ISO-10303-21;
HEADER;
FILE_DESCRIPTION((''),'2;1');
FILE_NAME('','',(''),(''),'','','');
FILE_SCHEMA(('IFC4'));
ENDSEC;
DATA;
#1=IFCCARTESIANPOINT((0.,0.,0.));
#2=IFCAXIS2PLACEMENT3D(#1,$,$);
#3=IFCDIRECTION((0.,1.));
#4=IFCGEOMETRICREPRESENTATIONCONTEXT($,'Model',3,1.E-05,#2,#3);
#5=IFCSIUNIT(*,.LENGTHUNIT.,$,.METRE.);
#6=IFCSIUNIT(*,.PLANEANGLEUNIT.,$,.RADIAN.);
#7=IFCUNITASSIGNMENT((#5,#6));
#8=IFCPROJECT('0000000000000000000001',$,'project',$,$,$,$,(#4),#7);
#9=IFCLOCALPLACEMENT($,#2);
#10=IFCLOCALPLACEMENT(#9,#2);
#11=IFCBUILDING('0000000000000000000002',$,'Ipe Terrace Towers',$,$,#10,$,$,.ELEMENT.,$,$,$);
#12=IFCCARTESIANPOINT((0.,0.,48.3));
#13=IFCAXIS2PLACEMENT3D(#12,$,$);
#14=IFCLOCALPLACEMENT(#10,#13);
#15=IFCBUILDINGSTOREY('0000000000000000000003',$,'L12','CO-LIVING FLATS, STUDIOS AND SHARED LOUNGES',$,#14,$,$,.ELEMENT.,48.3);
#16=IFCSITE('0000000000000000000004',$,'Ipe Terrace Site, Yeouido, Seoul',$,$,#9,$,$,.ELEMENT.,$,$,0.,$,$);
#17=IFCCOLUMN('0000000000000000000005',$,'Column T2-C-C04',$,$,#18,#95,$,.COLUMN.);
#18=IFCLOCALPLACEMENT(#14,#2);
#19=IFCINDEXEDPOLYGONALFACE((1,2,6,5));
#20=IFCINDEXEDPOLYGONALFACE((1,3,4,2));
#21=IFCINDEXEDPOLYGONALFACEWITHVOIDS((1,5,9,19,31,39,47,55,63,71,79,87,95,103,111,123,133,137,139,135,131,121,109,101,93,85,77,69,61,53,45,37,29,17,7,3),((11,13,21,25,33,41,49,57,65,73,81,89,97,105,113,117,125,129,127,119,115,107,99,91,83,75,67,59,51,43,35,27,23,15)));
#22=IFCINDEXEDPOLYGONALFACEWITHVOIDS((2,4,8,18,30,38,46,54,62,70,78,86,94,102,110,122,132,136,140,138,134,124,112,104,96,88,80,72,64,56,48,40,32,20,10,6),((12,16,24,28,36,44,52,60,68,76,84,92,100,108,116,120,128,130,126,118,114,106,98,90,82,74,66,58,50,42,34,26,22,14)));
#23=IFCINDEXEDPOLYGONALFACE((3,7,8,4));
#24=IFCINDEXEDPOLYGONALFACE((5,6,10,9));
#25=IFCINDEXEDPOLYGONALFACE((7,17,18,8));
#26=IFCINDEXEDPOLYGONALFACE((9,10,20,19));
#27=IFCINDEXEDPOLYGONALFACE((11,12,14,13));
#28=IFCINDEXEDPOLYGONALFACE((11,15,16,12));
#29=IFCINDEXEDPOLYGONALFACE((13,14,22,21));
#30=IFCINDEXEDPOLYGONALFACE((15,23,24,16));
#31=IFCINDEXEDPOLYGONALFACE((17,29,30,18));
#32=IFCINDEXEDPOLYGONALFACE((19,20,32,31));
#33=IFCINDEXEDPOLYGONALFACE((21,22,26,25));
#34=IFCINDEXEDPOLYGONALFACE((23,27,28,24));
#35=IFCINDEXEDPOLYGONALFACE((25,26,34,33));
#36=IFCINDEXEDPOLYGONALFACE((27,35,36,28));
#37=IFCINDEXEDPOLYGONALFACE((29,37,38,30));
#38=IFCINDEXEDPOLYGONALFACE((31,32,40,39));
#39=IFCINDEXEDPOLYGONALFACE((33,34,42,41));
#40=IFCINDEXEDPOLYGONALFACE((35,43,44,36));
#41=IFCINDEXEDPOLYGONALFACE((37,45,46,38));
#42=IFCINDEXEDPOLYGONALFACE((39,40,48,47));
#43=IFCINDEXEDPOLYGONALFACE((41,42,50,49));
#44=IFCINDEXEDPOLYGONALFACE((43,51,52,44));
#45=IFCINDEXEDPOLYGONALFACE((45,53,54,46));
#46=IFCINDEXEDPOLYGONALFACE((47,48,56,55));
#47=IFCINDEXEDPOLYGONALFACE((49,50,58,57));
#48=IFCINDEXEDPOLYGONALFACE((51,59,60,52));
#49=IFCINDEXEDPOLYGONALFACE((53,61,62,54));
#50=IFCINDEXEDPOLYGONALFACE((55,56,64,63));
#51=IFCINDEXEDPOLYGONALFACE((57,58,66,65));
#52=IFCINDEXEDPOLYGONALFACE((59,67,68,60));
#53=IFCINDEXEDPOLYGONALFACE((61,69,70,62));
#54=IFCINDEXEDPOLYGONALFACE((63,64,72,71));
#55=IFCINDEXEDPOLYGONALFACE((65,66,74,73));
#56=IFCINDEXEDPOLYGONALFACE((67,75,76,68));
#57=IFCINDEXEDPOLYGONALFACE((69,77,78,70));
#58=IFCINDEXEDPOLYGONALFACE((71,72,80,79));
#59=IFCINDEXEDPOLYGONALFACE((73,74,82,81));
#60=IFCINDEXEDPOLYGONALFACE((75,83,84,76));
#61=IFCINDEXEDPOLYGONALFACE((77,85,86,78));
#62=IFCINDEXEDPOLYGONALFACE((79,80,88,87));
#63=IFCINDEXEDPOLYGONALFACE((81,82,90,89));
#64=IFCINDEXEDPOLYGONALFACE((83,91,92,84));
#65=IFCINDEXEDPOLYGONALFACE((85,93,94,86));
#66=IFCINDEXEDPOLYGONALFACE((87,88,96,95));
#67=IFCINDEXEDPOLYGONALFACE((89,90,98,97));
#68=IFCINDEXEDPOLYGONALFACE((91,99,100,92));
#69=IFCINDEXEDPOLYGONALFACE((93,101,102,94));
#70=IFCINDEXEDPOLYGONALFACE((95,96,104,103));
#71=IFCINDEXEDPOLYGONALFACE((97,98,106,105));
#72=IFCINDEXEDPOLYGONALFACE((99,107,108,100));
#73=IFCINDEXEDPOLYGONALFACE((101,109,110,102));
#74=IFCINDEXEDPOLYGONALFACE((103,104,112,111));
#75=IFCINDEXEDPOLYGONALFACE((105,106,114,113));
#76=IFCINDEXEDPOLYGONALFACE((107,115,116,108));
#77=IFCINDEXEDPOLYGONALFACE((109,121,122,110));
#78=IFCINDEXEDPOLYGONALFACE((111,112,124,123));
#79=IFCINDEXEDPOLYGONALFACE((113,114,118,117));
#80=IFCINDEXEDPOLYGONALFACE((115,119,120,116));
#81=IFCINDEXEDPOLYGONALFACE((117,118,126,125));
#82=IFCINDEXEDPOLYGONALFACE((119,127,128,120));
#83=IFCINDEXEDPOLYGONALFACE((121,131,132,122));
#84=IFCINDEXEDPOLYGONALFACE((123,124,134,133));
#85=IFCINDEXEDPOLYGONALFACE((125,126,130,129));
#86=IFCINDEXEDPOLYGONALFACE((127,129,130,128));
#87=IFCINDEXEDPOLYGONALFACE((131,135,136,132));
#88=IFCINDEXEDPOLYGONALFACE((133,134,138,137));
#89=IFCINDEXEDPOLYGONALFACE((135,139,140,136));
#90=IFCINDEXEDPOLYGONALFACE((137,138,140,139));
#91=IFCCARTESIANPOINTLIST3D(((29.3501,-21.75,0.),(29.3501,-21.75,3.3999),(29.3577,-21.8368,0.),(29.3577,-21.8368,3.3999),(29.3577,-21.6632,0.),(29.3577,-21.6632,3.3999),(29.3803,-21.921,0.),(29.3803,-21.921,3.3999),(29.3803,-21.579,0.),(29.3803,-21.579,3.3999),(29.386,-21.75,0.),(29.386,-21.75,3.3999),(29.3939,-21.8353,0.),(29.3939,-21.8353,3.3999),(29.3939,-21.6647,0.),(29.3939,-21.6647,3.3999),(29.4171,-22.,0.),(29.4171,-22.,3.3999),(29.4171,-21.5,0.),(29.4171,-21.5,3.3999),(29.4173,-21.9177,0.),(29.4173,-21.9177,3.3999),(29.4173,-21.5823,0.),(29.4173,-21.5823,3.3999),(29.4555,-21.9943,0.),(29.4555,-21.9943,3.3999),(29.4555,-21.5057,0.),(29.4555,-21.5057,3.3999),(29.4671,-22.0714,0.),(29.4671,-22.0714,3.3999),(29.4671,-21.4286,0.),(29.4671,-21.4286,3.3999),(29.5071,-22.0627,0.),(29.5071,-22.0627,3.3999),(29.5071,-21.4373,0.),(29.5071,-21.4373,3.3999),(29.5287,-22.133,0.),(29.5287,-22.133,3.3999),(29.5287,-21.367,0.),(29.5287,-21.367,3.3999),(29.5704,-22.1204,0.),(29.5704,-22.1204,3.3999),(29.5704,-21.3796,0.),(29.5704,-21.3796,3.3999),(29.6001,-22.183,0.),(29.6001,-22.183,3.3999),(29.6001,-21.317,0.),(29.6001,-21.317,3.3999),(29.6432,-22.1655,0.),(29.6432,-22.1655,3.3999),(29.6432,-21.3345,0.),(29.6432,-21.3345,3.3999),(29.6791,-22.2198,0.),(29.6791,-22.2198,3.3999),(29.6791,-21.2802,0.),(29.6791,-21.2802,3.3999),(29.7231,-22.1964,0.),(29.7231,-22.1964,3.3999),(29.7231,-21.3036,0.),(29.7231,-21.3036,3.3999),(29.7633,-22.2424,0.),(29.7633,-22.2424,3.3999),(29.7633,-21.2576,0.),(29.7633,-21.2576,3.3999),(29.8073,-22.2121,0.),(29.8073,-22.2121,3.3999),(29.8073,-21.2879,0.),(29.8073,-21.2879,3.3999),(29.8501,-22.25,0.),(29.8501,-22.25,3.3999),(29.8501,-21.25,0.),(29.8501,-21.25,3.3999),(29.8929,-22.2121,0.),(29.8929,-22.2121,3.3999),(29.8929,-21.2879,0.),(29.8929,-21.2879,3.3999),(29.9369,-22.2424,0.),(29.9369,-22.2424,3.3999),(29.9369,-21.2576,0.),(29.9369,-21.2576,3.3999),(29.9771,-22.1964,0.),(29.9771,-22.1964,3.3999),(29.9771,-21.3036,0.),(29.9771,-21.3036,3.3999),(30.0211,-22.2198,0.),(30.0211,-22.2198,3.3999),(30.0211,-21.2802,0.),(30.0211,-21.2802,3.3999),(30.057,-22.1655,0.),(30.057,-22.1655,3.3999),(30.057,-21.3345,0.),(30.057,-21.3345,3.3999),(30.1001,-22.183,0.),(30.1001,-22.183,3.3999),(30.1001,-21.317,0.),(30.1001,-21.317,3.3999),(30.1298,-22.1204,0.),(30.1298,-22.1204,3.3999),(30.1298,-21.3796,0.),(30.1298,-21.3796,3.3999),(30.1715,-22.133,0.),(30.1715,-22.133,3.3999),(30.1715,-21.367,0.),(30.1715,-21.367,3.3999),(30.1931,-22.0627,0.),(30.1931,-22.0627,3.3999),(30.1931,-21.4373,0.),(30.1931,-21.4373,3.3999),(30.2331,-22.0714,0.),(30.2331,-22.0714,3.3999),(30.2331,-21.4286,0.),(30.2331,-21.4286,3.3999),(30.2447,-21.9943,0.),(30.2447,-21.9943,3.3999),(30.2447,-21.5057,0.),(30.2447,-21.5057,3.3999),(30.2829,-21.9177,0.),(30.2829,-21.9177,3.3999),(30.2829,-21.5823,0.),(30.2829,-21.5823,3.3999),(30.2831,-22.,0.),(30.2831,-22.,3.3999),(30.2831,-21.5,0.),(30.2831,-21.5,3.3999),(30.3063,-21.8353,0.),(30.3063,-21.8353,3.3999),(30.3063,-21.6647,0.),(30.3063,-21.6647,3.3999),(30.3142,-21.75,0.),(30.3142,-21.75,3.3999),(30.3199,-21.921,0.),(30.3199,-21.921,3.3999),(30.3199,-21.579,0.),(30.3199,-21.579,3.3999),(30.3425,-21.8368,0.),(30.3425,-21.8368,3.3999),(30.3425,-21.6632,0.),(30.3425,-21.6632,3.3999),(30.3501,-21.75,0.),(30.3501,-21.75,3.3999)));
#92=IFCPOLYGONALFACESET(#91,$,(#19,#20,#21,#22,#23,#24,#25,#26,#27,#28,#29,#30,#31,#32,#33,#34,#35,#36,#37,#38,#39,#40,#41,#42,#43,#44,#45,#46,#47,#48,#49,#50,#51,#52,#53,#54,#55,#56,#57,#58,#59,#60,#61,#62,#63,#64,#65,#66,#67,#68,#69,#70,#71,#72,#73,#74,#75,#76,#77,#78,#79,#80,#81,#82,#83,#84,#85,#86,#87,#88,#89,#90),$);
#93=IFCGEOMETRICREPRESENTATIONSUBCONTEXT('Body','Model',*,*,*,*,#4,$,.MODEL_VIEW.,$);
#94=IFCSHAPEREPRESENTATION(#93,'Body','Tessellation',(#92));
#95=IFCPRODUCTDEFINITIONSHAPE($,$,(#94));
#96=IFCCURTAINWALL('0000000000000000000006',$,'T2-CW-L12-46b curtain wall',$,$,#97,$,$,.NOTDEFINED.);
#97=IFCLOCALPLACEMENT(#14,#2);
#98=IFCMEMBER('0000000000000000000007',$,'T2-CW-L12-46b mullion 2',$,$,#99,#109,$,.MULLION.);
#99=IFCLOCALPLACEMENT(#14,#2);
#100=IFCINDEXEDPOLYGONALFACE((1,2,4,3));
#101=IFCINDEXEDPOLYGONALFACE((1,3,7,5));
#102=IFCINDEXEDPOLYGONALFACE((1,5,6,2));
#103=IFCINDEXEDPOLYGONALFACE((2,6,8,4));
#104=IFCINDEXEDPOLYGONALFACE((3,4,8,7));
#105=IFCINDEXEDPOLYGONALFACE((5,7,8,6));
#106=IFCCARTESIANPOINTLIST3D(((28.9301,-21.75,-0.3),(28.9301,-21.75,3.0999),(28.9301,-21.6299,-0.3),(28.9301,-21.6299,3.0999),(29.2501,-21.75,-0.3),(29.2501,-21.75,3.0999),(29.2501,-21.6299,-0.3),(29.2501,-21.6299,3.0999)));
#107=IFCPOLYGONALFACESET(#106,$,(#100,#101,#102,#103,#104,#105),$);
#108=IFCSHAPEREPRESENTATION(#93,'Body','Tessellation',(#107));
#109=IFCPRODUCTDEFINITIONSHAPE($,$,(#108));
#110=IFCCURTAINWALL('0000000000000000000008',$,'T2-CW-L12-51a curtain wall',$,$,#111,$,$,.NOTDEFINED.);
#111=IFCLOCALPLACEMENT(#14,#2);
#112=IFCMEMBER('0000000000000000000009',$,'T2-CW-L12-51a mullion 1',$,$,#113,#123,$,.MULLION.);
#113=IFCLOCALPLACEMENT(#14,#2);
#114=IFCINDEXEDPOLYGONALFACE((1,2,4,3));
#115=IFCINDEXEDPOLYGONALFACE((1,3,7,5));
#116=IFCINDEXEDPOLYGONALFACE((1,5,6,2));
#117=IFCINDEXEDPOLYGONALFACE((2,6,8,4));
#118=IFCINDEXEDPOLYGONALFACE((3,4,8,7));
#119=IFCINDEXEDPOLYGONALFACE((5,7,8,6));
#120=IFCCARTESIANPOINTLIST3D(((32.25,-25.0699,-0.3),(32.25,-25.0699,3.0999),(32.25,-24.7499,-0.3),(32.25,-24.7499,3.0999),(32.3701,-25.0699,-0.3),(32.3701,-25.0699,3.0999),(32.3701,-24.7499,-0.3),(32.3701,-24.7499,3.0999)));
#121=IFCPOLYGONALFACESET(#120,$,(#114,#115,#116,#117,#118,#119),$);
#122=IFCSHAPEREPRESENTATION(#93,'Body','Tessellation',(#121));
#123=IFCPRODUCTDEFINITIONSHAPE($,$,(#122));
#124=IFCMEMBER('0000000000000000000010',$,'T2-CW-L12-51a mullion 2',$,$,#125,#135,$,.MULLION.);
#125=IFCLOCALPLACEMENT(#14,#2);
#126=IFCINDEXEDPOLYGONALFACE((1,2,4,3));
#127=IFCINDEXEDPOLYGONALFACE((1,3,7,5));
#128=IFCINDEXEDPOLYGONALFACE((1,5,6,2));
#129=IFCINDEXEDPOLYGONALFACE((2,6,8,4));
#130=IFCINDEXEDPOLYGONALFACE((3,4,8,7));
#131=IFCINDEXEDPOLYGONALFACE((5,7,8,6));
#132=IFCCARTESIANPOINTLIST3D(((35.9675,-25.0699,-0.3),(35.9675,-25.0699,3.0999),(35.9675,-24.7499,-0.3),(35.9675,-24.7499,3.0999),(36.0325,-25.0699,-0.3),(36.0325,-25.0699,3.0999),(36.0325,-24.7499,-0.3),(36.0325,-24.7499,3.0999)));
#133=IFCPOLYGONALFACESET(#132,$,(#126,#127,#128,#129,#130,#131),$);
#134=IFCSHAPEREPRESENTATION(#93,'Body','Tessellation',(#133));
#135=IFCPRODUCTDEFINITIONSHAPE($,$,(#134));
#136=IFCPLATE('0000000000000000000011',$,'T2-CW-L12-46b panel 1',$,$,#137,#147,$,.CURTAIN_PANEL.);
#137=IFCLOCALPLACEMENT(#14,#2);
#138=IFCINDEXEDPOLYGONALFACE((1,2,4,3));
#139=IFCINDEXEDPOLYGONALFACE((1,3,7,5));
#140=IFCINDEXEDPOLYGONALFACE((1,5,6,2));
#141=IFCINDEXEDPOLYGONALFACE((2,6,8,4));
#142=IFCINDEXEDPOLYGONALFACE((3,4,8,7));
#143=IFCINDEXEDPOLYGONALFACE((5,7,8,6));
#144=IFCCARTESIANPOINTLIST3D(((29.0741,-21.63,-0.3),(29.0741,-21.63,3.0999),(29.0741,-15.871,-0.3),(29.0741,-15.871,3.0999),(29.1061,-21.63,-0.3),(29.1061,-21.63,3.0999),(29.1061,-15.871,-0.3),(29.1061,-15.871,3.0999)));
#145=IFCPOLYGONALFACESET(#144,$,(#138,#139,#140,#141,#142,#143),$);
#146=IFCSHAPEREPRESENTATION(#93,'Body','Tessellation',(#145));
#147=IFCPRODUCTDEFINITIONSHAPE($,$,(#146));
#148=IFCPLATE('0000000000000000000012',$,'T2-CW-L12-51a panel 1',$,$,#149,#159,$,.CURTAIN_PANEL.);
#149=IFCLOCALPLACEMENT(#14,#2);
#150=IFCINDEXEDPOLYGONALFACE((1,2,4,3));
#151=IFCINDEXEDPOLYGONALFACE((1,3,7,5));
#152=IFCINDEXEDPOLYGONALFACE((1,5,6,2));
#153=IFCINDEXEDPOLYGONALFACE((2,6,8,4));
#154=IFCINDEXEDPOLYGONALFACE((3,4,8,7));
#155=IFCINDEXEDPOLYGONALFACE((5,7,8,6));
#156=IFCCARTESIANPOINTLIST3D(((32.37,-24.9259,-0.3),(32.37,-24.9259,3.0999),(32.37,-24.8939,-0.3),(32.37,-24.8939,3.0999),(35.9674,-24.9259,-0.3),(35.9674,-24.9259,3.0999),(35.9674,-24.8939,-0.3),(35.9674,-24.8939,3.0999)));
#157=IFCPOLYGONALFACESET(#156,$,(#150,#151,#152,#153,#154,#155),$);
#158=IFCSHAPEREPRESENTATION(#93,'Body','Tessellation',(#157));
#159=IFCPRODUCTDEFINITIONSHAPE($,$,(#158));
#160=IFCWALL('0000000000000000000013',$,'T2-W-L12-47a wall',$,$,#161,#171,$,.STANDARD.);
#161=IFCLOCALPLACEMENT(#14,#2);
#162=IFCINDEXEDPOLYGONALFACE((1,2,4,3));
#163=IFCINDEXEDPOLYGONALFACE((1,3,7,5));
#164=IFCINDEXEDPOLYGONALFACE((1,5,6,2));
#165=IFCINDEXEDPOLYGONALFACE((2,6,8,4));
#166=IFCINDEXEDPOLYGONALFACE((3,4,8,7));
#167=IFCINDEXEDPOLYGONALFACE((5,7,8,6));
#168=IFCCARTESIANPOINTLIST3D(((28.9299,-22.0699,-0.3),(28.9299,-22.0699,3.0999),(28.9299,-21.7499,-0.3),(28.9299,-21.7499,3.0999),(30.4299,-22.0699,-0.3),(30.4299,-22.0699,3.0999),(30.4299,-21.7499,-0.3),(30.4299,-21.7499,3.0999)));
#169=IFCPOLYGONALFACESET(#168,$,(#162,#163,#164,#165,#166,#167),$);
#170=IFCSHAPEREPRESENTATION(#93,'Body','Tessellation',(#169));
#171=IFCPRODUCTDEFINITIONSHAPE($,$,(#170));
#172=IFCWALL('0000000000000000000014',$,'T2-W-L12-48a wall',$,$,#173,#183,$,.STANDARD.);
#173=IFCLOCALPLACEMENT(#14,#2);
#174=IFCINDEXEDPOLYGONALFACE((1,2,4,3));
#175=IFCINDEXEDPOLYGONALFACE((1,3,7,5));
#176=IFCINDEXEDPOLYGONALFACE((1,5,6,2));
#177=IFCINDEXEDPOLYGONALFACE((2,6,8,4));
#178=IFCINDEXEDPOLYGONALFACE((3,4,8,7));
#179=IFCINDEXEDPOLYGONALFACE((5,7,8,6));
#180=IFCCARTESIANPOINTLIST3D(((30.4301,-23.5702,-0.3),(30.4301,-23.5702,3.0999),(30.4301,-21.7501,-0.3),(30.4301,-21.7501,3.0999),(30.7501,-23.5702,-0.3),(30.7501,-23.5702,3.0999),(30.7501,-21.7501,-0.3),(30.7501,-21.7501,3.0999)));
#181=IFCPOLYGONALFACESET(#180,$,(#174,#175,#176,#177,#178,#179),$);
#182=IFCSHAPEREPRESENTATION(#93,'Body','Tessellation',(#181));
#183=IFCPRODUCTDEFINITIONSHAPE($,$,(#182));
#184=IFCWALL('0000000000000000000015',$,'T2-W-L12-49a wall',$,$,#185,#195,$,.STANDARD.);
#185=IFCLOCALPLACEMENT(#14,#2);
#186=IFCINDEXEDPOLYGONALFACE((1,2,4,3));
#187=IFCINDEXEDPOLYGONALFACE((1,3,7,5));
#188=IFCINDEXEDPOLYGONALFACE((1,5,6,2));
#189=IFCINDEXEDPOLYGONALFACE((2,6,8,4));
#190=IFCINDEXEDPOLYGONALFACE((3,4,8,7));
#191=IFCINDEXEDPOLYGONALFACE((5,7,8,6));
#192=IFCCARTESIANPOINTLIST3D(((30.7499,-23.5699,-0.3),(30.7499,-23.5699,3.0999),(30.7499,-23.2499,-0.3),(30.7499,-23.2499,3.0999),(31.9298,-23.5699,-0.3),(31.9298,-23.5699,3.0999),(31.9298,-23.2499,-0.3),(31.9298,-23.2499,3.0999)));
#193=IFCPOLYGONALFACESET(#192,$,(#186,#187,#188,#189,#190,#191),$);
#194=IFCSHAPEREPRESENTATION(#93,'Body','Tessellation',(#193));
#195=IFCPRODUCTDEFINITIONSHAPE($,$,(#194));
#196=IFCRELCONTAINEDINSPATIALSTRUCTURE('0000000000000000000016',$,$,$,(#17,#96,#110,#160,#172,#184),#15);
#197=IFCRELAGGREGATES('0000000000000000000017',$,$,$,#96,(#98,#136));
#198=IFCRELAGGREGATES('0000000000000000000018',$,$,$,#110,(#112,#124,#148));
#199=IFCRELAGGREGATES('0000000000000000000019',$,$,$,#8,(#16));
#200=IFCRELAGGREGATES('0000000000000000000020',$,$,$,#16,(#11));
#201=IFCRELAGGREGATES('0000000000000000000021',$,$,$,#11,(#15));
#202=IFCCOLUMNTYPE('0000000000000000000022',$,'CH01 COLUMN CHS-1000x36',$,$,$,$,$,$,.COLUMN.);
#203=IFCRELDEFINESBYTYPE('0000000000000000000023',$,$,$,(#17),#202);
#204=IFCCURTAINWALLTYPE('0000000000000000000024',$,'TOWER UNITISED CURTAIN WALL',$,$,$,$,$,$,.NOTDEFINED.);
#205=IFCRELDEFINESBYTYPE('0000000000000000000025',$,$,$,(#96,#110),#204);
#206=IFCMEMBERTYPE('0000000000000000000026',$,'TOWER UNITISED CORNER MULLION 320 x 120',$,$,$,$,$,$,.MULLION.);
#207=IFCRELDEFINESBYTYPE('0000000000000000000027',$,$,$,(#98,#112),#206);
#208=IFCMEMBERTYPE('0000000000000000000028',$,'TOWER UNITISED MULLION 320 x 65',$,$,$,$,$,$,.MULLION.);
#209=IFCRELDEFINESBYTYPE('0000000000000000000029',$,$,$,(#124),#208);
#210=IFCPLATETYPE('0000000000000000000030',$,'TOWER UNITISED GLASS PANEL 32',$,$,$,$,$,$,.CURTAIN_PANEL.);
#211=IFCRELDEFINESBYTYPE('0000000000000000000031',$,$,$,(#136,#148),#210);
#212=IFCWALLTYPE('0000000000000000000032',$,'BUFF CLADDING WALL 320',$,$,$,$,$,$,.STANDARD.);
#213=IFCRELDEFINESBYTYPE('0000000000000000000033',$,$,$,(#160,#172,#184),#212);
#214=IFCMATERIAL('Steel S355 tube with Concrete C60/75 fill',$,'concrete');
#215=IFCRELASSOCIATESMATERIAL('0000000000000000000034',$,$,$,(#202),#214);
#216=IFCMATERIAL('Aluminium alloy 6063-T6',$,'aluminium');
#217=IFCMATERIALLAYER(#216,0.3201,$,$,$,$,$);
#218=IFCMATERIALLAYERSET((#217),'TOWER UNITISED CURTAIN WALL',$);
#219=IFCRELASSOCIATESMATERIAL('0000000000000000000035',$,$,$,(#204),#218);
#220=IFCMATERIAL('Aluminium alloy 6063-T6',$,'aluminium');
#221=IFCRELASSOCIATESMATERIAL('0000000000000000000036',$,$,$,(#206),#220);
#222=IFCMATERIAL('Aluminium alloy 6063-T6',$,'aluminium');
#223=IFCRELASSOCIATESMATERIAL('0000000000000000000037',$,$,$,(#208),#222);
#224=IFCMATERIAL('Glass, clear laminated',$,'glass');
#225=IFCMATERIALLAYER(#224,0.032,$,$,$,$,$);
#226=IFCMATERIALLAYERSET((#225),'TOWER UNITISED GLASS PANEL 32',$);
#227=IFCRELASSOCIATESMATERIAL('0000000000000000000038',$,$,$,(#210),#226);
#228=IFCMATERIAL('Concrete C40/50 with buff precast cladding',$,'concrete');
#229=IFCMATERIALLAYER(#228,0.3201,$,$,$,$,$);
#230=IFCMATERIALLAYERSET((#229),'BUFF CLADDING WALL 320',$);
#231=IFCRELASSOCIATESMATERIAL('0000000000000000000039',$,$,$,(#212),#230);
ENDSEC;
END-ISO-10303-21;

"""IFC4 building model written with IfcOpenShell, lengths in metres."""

from ifc_helpers import new_model, si_unit, direction, frame, frame_2d, origin, origin_2d, place, context, subcontext, project, spatial, rectangle, hollow_circle, extrude, material, layer, layer_set, material_profile, profile_set, type_object, element, aggregate, save


model = new_model("IFC4")

# Units and contexts
model_context = context("Model", 3, precision=1e-05, world=origin(), true_north=direction((0.0, 1.0)))
body_context = subcontext(model_context, "Body", "Model", "MODEL_VIEW")
ifc_project = project(units=[si_unit("LENGTHUNIT", "METRE"), si_unit("PLANEANGLEUNIT", "RADIAN")], contexts=[model_context])

# Site, building, storey
site_placement = place(None, origin())
site = spatial("IfcSite", under=ifc_project, at=site_placement, Name="Ipe Terrace Site, Yeouido, Seoul", CompositionType="ELEMENT", RefElevation=0.0)
building_placement = place(site_placement, origin())
building = spatial("IfcBuilding", under=site, at=building_placement, Name="Ipe Terrace Towers", CompositionType="ELEMENT")
storey_placement = place(building_placement, frame((0.0, 0.0, 48.3)))
storey = spatial("IfcBuildingStorey", under=building, at=storey_placement, Name="L12", Description="CO-LIVING FLATS, STUDIOS AND SHARED LOUNGES", CompositionType="ELEMENT", Elevation=48.3)

# Column
ifc_material_1 = material(Name="Steel S355 tube with Concrete C60/75 fill", Category="concrete")
ifc_material_profile_1 = material_profile(ifc_material_1, hollow_circle(Radius=0.5, WallThickness=0.0359, at=origin_2d()), Name="CHS-1000x36")
ifc_profile_set_1 = profile_set([ifc_material_profile_1], Name="Steel S355 tube with Concrete C60/75 fill")
column_type = type_object("IfcColumnType", Name="CH01 COLUMN CHS-1000x36", PredefinedType="COLUMN", material=ifc_profile_set_1)
column_placement = place(storey_placement, frame((29.8501, -21.75, 0.0), z_axis=(0.0, 0.0, 1.0), x_axis=(1.0, 0.0, 0.0)))
element("IfcColumn", 1, at=column_placement, inside=storey, type_object=column_type, Name="Column T2-C-C04", PredefinedType="COLUMN", context=body_context, shape_type="SweptSolid", body=[
    extrude(hollow_circle(Radius=0.5, WallThickness=0.0359, at=origin_2d()), origin(), (0.0, 0.0, 1.0), 3.3999),
])

# Curtain wall, member
ifc_material_2 = material(Name="Aluminium alloy 6063-T6", Category="aluminium")
ifc_layer_1 = layer(ifc_material_2, 0.3201)
ifc_layer_set_1 = layer_set([ifc_layer_1], Name="TOWER UNITISED CURTAIN WALL")
curtain_wall_type = type_object("IfcCurtainWallType", Name="TOWER UNITISED CURTAIN WALL", PredefinedType="NOTDEFINED", material=ifc_layer_set_1)
curtain_wall_1_placement = place(storey_placement, origin())
curtain_wall_1 = element("IfcCurtainWall", 2, at=curtain_wall_1_placement, inside=storey, type_object=curtain_wall_type, Name="T2-CW-L12-46b curtain wall", PredefinedType="NOTDEFINED")
ifc_material_3 = material(Name="Aluminium alloy 6063-T6", Category="aluminium")
ifc_material_profile_2 = material_profile(ifc_material_3, rectangle(XDim=0.3201, YDim=0.1201, at=origin_2d()), Name="TOWER UNITISED CORNER MULLION 320 x 120")
ifc_profile_set_2 = profile_set([ifc_material_profile_2], Name="Aluminium alloy 6063-T6")
member_type_1 = type_object("IfcMemberType", Name="TOWER UNITISED CORNER MULLION 320 x 120", PredefinedType="MULLION", material=ifc_profile_set_2)
member_1_placement = place(storey_placement, frame((29.0901, -21.6899, -0.3), z_axis=(0.0, 0.0, 1.0), x_axis=(-1.0, 0.0, 0.0)))
member_1 = element("IfcMember", 3, at=member_1_placement, type_object=member_type_1, Name="T2-CW-L12-46b mullion 2", PredefinedType="MULLION", context=body_context, shape_type="SweptSolid", body=[
    extrude(rectangle(XDim=0.3201, YDim=0.1201, at=origin_2d()), origin(), (0.0, 0.0, 1.0), 3.3999),
])

# Curtain wall, members
curtain_wall_2_placement = place(storey_placement, origin())
curtain_wall_2 = element("IfcCurtainWall", 4, at=curtain_wall_2_placement, inside=storey, type_object=curtain_wall_type, Name="T2-CW-L12-51a curtain wall", PredefinedType="NOTDEFINED")
member_2_placement = place(storey_placement, frame((32.3101, -24.9099, -0.3), z_axis=(0.0, 0.0, 1.0), x_axis=(0.0, -1.0, 0.0)))
member_2 = element("IfcMember", 5, at=member_2_placement, type_object=member_type_1, Name="T2-CW-L12-51a mullion 1", PredefinedType="MULLION", context=body_context, shape_type="SweptSolid", body=[
    extrude(rectangle(XDim=0.3201, YDim=0.1201, at=origin_2d()), origin(), (0.0, 0.0, 1.0), 3.3999),
])
ifc_material_4 = material(Name="Aluminium alloy 6063-T6", Category="aluminium")
ifc_material_profile_3 = material_profile(ifc_material_4, rectangle(XDim=0.3201, YDim=0.0649, at=origin_2d()), Name="TOWER UNITISED MULLION 320 x 65")
ifc_profile_set_3 = profile_set([ifc_material_profile_3], Name="Aluminium alloy 6063-T6")
member_type_2 = type_object("IfcMemberType", Name="TOWER UNITISED MULLION 320 x 65", PredefinedType="MULLION", material=ifc_profile_set_3)
member_3_placement = place(storey_placement, frame((36.0, -24.9099, -0.3), z_axis=(0.0, 0.0, 1.0), x_axis=(0.0, -1.0, 0.0)))
member_3 = element("IfcMember", 6, at=member_3_placement, type_object=member_type_2, Name="T2-CW-L12-51a mullion 2", PredefinedType="MULLION", context=body_context, shape_type="SweptSolid", body=[
    extrude(rectangle(XDim=0.3201, YDim=0.0649, at=origin_2d()), origin(), (0.0, 0.0, 1.0), 3.3999),
])

# Plates
ifc_material_5 = material(Name="Glass, clear laminated", Category="glass")
ifc_layer_2 = layer(ifc_material_5, 0.032)
ifc_layer_set_2 = layer_set([ifc_layer_2], Name="TOWER UNITISED GLASS PANEL 32")
plate_type = type_object("IfcPlateType", Name="TOWER UNITISED GLASS PANEL 32", PredefinedType="CURTAIN_PANEL", material=ifc_layer_set_2)
plate_1_placement = place(storey_placement, frame((29.0901, -18.7505, -0.3), z_axis=(0.0, 0.0, 1.0), x_axis=(0.0, -1.0, 0.0)))
plate_1 = element("IfcPlate", 7, at=plate_1_placement, type_object=plate_type, Name="T2-CW-L12-46b panel 1", PredefinedType="CURTAIN_PANEL", context=body_context, shape_type="SweptSolid", body=[
    extrude(rectangle(XDim=5.759, YDim=0.032, at=origin_2d()), origin(), (0.0, 0.0, 1.0), 3.3999),
])
aggregate(curtain_wall_1, [member_1, plate_1])
plate_2_placement = place(storey_placement, frame((34.1687, -24.9099, -0.3), z_axis=(0.0, 0.0, 1.0), x_axis=(1.0, 0.0, 0.0)))
plate_2 = element("IfcPlate", 8, at=plate_2_placement, type_object=plate_type, Name="T2-CW-L12-51a panel 1", PredefinedType="CURTAIN_PANEL", context=body_context, shape_type="SweptSolid", body=[
    extrude(rectangle(XDim=3.5974, YDim=0.032, at=origin_2d()), origin(), (0.0, 0.0, 1.0), 3.3999),
])
aggregate(curtain_wall_2, [member_2, member_3, plate_2])

# Walls
ifc_material_6 = material(Name="Concrete C40/50 with buff precast cladding", Category="concrete")
ifc_layer_3 = layer(ifc_material_6, 0.3201)
ifc_layer_set_3 = layer_set([ifc_layer_3], Name="BUFF CLADDING WALL 320")
wall_type_1 = type_object("IfcWallType", Name="BUFF CLADDING WALL 320", PredefinedType="STANDARD", material=ifc_layer_set_3)
wall_1_placement = place(storey_placement, frame((28.9299, -21.9099, -0.3), z_axis=(0.0, 0.0, 1.0), x_axis=(1.0, 0.0, 0.0)))
element("IfcWall", 9, at=wall_1_placement, inside=storey, type_object=wall_type_1, Name="T2-W-L12-47a wall", PredefinedType="STANDARD", context=body_context, shape_type="SweptSolid", body=[
    extrude(rectangle(XDim=1.5, YDim=0.3201, at=frame_2d((0.75, 0.0))), origin(), (0.0, 0.0, 1.0), 3.3999),
])
wall_2_placement = place(storey_placement, frame((30.5901, -21.75, -0.3), z_axis=(0.0, 0.0, 1.0), x_axis=(0.0, -1.0, 0.0)))
element("IfcWall", 10, at=wall_2_placement, inside=storey, type_object=wall_type_1, Name="T2-W-L12-48a wall", PredefinedType="STANDARD", context=body_context, shape_type="SweptSolid", body=[
    extrude(rectangle(XDim=1.8201, YDim=0.3201, at=frame_2d((0.9102, 0.0))), origin(), (0.0, 0.0, 1.0), 3.3999),
])
wall_3_placement = place(storey_placement, frame((30.75, -23.4099, -0.3), z_axis=(0.0, 0.0, 1.0), x_axis=(1.0, 0.0, 0.0)))
element("IfcWall", 11, at=wall_3_placement, inside=storey, type_object=wall_type_1, Name="T2-W-L12-49a wall", PredefinedType="STANDARD", context=body_context, shape_type="SweptSolid", body=[
    extrude(rectangle(XDim=1.1799, YDim=0.3201, at=frame_2d((0.5898, 0.0))), origin(), (0.0, 0.0, 1.0), 3.3999),
])

save(model, "model.ifc")
